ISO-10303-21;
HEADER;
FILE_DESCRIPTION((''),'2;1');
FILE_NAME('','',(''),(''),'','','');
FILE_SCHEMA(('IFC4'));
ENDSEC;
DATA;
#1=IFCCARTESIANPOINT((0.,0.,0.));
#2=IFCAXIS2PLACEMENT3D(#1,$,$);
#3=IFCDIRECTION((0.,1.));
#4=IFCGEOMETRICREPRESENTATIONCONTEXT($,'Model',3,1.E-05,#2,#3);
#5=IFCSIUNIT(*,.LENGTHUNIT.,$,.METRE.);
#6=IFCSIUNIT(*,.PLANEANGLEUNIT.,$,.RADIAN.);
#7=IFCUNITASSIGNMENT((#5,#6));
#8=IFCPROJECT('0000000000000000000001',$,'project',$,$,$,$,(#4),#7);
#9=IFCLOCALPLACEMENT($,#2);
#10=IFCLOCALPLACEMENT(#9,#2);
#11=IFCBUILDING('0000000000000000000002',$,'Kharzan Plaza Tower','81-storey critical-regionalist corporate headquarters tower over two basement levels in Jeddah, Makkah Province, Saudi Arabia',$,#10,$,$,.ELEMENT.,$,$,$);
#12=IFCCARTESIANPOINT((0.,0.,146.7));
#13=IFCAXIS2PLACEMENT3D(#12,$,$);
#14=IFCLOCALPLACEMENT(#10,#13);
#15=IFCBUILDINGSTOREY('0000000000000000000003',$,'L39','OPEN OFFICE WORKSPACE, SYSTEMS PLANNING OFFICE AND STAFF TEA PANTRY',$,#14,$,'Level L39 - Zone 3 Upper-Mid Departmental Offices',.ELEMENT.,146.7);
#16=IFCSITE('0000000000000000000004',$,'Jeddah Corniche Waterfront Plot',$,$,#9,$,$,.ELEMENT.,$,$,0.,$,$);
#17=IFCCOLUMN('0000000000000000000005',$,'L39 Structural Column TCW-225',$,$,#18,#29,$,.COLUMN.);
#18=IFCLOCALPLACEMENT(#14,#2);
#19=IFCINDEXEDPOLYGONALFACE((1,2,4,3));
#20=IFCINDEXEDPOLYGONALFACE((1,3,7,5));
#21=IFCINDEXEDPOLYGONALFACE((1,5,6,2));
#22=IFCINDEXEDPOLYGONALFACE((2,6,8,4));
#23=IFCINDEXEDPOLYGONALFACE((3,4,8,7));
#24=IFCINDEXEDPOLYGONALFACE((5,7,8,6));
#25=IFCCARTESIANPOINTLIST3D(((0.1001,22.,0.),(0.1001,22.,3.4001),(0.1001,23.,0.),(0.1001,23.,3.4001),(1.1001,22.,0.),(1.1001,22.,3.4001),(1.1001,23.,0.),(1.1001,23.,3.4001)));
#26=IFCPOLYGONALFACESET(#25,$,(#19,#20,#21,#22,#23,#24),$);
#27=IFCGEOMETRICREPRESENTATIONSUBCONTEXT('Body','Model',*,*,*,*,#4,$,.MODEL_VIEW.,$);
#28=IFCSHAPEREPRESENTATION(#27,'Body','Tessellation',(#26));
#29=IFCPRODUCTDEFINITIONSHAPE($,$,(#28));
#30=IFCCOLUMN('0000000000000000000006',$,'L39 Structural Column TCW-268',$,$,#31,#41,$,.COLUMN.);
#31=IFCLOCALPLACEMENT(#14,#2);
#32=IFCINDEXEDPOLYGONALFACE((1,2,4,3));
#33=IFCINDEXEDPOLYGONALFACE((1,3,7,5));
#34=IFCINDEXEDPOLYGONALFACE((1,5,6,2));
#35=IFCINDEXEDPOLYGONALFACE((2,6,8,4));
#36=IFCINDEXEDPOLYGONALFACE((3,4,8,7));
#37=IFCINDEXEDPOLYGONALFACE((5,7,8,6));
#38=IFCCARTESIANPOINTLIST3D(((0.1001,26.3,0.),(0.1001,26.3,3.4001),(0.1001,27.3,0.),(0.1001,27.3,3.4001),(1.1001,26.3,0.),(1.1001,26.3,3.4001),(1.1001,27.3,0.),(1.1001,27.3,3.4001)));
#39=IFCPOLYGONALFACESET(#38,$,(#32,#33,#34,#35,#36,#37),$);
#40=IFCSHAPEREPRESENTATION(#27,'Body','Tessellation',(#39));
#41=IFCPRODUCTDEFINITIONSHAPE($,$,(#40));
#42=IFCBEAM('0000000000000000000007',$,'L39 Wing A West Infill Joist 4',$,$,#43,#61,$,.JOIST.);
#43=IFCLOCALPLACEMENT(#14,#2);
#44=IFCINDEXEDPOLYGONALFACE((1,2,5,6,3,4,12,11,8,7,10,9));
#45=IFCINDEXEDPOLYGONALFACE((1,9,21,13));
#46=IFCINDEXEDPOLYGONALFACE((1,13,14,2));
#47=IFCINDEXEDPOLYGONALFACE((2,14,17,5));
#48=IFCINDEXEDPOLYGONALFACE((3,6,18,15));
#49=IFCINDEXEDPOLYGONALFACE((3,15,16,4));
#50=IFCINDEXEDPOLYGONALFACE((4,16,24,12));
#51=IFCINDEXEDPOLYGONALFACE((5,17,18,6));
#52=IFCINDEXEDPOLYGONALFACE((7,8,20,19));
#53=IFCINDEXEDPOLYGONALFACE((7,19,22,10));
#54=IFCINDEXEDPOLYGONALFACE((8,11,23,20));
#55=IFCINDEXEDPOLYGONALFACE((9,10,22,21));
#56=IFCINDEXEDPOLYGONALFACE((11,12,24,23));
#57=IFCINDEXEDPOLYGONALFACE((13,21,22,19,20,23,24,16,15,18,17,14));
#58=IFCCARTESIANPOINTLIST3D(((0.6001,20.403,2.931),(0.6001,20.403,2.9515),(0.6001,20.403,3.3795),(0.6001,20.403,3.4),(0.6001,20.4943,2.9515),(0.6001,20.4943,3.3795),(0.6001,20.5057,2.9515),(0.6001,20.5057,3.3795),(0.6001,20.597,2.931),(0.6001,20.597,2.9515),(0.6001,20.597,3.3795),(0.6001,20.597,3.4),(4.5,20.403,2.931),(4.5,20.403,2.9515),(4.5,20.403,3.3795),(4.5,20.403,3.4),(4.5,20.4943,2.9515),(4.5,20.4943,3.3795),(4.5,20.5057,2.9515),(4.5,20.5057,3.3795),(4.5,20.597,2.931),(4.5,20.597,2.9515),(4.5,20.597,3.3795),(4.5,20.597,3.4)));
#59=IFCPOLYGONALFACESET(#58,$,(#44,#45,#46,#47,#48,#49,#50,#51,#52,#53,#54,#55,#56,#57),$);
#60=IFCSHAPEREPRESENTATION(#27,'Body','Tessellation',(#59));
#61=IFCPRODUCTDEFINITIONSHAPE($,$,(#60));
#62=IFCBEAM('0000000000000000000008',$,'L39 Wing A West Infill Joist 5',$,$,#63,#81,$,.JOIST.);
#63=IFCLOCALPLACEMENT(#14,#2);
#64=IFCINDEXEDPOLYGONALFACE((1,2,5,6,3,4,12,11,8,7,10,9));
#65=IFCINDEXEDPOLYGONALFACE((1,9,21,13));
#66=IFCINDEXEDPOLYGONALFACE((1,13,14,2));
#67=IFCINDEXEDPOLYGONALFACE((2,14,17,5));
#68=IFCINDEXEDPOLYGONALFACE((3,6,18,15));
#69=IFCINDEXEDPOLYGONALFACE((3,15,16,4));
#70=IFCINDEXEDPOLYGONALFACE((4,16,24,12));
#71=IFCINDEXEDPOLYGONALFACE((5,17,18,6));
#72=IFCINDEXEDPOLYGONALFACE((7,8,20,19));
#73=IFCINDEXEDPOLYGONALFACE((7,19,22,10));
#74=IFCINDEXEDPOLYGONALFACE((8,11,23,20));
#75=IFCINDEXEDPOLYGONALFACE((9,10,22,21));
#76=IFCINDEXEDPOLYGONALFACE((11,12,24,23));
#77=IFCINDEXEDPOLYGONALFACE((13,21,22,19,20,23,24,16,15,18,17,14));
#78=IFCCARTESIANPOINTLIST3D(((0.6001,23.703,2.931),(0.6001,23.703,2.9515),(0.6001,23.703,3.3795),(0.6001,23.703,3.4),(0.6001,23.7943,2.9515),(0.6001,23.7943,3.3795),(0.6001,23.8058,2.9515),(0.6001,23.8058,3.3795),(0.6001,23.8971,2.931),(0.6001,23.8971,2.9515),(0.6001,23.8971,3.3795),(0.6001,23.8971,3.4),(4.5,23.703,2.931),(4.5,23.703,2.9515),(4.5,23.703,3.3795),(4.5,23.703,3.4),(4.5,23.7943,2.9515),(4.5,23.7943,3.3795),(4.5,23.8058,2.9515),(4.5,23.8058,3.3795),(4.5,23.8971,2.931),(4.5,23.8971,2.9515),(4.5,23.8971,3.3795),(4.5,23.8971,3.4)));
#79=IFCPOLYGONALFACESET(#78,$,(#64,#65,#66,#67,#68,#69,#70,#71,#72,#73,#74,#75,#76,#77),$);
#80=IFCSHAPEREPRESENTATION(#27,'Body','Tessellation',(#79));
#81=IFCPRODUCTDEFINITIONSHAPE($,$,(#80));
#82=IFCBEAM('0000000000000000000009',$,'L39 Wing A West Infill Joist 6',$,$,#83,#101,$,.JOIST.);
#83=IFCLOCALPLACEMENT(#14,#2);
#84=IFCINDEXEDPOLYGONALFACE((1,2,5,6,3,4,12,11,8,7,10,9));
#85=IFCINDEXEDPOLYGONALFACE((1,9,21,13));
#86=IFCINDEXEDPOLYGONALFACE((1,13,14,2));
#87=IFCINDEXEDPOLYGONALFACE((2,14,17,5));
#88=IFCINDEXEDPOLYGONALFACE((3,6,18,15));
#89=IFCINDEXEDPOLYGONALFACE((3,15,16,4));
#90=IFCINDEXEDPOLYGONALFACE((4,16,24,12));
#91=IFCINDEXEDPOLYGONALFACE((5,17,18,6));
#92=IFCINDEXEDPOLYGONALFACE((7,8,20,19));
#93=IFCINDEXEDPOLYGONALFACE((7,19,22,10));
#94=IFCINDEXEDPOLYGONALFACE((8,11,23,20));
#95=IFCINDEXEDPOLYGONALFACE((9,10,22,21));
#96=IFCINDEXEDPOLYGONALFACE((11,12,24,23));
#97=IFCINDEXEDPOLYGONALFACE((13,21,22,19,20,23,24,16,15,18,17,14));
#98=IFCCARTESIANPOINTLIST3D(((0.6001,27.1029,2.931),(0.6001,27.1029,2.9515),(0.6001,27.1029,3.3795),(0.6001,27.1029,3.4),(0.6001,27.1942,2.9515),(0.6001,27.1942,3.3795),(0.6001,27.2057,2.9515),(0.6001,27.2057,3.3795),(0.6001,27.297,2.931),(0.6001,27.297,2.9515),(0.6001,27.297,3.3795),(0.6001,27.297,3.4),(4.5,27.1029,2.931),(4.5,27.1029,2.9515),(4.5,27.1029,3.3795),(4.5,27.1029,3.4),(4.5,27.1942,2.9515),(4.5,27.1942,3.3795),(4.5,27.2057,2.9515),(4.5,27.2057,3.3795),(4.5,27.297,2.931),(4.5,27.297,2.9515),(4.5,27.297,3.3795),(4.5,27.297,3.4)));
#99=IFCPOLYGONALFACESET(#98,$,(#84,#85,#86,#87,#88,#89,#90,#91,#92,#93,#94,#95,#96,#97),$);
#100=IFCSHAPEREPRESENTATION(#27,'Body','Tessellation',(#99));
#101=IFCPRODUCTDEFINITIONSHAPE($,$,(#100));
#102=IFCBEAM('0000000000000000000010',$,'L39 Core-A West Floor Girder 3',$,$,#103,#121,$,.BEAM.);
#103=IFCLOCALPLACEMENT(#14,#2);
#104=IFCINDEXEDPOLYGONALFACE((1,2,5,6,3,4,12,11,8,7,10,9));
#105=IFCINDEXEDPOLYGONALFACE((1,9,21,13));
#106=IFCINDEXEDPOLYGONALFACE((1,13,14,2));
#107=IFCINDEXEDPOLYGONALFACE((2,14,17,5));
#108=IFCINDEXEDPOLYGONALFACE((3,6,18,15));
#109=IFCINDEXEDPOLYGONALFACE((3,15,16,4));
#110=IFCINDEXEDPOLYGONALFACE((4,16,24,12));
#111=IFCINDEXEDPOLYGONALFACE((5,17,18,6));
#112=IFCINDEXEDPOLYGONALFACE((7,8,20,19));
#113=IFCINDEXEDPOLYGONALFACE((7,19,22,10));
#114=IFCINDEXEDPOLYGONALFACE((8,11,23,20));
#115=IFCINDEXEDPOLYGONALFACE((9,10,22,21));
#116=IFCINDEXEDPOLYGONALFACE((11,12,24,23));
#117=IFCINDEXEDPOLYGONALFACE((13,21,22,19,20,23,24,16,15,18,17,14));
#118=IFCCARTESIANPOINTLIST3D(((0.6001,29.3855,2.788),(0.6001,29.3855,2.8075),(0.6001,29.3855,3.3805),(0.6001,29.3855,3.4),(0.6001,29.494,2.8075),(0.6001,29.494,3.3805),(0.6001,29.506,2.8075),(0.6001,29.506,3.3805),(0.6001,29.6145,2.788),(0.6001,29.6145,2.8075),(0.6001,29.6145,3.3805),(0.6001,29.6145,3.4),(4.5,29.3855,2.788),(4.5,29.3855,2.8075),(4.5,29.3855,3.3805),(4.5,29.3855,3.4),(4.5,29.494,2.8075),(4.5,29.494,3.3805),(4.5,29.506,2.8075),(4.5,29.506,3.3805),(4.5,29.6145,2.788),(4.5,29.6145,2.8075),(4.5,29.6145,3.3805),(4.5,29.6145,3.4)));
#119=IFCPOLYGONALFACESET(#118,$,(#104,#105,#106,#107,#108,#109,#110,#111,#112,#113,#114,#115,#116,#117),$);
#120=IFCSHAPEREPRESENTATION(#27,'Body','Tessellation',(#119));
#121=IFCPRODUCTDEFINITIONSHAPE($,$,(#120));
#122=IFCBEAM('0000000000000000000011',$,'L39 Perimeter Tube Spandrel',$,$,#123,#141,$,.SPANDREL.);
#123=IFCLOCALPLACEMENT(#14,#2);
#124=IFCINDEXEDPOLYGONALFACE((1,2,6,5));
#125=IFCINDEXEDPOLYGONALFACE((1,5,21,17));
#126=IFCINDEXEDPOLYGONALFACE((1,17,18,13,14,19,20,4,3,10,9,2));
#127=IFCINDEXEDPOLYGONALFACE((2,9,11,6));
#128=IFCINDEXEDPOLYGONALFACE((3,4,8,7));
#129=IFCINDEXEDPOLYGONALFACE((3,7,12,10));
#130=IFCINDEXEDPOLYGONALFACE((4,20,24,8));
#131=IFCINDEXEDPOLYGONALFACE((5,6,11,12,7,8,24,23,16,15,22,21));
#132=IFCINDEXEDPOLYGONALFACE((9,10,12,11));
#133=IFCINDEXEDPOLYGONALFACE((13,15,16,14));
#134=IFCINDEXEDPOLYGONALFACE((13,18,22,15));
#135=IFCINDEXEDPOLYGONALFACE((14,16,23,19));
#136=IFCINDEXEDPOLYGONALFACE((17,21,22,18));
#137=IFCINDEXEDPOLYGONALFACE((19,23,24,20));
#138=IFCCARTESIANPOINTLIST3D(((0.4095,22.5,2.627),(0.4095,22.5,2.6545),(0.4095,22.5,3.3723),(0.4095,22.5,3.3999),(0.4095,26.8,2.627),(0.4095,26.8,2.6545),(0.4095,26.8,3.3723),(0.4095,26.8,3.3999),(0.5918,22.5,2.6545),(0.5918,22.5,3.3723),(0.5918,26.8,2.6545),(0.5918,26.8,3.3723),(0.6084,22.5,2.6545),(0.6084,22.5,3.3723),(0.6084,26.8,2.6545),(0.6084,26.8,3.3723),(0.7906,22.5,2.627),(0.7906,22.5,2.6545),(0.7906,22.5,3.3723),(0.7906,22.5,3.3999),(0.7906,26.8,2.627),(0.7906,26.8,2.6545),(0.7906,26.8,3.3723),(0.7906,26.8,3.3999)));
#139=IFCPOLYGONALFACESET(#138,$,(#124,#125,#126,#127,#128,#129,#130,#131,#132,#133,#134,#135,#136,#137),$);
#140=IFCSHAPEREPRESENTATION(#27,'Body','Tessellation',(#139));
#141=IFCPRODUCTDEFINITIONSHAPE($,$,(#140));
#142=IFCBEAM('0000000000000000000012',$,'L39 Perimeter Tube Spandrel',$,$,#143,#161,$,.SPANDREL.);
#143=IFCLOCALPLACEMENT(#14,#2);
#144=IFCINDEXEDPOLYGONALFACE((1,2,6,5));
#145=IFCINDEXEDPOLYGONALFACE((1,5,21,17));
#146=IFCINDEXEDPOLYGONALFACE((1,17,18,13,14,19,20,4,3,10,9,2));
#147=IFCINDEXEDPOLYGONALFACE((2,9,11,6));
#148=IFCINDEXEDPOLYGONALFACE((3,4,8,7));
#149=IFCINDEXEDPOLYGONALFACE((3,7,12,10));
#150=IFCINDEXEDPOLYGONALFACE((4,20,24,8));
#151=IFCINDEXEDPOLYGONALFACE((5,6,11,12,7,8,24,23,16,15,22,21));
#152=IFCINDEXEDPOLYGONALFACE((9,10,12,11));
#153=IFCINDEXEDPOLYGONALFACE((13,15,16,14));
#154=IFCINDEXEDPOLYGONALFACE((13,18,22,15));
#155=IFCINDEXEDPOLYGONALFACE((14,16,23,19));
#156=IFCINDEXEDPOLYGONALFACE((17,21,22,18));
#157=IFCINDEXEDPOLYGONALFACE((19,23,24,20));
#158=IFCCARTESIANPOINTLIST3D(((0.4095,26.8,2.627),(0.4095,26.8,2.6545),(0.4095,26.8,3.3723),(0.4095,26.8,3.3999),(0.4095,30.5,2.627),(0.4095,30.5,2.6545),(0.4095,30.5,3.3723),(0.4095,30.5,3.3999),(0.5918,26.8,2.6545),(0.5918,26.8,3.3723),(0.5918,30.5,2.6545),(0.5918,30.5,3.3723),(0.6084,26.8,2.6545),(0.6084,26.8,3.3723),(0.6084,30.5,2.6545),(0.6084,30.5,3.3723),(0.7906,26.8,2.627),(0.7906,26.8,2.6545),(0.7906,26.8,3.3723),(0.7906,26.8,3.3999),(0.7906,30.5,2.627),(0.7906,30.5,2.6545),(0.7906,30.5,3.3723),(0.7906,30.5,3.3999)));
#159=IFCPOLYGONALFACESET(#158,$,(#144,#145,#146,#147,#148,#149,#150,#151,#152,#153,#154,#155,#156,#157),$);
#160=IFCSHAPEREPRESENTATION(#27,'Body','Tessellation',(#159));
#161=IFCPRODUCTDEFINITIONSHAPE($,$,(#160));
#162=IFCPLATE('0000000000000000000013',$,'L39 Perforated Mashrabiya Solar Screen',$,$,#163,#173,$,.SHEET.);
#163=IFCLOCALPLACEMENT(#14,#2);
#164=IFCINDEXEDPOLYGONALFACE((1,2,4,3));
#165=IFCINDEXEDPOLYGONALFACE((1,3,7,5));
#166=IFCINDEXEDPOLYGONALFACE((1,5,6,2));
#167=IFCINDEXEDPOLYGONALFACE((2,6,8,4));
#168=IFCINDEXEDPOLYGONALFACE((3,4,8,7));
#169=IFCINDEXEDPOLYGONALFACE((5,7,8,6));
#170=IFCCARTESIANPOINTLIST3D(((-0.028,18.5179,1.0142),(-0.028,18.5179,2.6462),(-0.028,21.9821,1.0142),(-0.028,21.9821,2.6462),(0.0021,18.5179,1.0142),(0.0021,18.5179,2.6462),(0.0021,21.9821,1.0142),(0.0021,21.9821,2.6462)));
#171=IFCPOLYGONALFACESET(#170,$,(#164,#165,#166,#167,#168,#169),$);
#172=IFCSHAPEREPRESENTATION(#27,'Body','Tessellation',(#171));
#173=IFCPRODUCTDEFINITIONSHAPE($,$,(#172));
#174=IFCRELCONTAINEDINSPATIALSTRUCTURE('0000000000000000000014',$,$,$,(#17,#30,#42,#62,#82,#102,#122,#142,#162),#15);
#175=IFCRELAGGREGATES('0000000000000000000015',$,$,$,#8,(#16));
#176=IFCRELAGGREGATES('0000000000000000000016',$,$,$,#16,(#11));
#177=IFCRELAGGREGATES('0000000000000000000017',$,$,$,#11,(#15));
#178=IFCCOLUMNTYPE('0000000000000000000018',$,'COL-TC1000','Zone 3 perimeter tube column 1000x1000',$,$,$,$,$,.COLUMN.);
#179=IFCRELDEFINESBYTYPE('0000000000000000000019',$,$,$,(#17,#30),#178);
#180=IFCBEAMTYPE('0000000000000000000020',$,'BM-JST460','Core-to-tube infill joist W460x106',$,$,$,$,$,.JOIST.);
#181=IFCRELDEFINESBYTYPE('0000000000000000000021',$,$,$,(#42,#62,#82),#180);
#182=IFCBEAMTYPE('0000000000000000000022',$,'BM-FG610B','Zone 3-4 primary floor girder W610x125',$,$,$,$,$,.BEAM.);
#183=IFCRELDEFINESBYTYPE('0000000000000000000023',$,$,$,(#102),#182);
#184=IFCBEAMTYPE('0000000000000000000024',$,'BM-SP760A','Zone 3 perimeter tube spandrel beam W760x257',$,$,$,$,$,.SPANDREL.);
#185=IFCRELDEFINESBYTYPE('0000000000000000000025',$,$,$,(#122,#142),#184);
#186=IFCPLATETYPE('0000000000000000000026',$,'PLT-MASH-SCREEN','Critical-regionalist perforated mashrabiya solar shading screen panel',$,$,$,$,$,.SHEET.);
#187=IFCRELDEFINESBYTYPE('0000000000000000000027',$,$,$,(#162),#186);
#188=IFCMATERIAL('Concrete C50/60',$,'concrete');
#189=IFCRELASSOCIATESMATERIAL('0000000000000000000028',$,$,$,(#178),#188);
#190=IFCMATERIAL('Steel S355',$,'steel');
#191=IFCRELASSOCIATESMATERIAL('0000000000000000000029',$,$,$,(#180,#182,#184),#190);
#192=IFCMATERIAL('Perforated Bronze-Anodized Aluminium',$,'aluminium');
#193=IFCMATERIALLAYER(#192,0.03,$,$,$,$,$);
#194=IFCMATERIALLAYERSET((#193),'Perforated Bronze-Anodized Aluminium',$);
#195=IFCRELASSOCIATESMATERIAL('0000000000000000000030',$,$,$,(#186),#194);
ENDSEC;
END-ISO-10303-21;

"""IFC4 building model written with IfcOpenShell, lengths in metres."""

from ifc_helpers import new_model, si_unit, direction, frame, origin, origin_2d, place, context, subcontext, project, spatial, rectangle, i_section, extrude, source, transform, mapped, material, layer, layer_set, material_profile, profile_set, type_object, element, save


model = new_model("IFC4")

# Units and contexts
model_context = context("Model", 3, precision=1e-05, world=origin(), true_north=direction((0.0, 1.0)))
body_context = subcontext(model_context, "Body", "Model", "MODEL_VIEW")
ifc_project = project(units=[si_unit("LENGTHUNIT", "METRE"), si_unit("PLANEANGLEUNIT", "RADIAN")], contexts=[model_context])

# Site, building, storey
site_placement = place(None, origin())
site = spatial("IfcSite", under=ifc_project, at=site_placement, Name="Jeddah Corniche Waterfront Plot", CompositionType="ELEMENT", RefElevation=0.0)
building_placement = place(site_placement, origin())
building = spatial("IfcBuilding", under=site, at=building_placement, Name="Kharzan Plaza Tower", Description="81-storey critical-regionalist corporate headquarters tower over two basement levels in Jeddah, Makkah Province, Saudi Arabia", CompositionType="ELEMENT")
storey_placement = place(building_placement, frame((0.0, 0.0, 146.7)))
storey = spatial("IfcBuildingStorey", under=building, at=storey_placement, Name="L39", Description="OPEN OFFICE WORKSPACE, SYSTEMS PLANNING OFFICE AND STAFF TEA PANTRY", LongName="Level L39 - Zone 3 Upper-Mid Departmental Offices", CompositionType="ELEMENT", Elevation=146.7)

# Columns
ifc_material_1 = material(Name="Concrete C50/60", Category="concrete")
ifc_material_profile_1 = material_profile(ifc_material_1, rectangle(XDim=1.0, YDim=1.0, at=origin_2d()), Name="RC-TC1000x1000")
ifc_profile_set_1 = profile_set([ifc_material_profile_1], Name="Concrete C50/60")
column_type = type_object("IfcColumnType", Name="COL-TC1000", Description="Zone 3 perimeter tube column 1000x1000", PredefinedType="COLUMN", material=ifc_profile_set_1)
shared_shape_1 = source(origin(), body_context, "Body", "SweptSolid", [
    extrude(rectangle(XDim=1.0, YDim=1.0, at=origin_2d()), origin(), (0.0, 0.0, 1.0), 3.4001),
])
for number, where, z_axis, x_axis, name in (
    (1, (0.6001, 22.5, 0.0), (0.0, 0.0, 1.0), (1.0, 0.0, 0.0), "L39 Structural Column TCW-225"),
    (2, (0.6001, 26.8, 0.0), (0.0, 0.0, 1.0), (1.0, 0.0, 0.0), "L39 Structural Column TCW-268"),
):
    element("IfcColumn", number, at=place(storey_placement, frame(where, z_axis=z_axis, x_axis=x_axis)), inside=storey, type_object=column_type, Name=name, PredefinedType="COLUMN", context=body_context, shape_type="MappedRepresentation", body=[
        mapped(shared_shape_1, transform((0.0, 0.0, 0.0), x_axis=(1.0, 0.0, 0.0), y_axis=(0.0, 1.0, 0.0), z_axis=(0.0, 0.0, 1.0))),
    ])

# Beams
ifc_material_2 = material(Name="Steel S355", Category="steel")
ifc_material_profile_2 = material_profile(ifc_material_2, i_section(OverallWidth=0.1941, OverallDepth=0.469, WebThickness=0.0115, FlangeThickness=0.0205, at=origin_2d()), Name="W460x106")
ifc_profile_set_2 = profile_set([ifc_material_profile_2], Name="Steel S355")
beam_type_1 = type_object("IfcBeamType", Name="BM-JST460", Description="Core-to-tube infill joist W460x106", PredefinedType="JOIST", material=ifc_profile_set_2)
shared_shape_2 = source(origin(), body_context, "Body", "SweptSolid", [
    extrude(i_section(OverallWidth=0.1941, OverallDepth=0.469, WebThickness=0.0115, FlangeThickness=0.0205, at=origin_2d()), origin(), (0.0, 0.0, 1.0), 3.8999),
])
for number, where, z_axis, x_axis, name in (
    (3, (0.6001, 20.5, 3.1655), (1.0, 0.0, 0.0), (0.0, 1.0, 0.0), "L39 Wing A West Infill Joist 4"),
    (4, (0.6001, 23.8, 3.1655), (1.0, 0.0, 0.0), (0.0, 1.0, 0.0), "L39 Wing A West Infill Joist 5"),
    (5, (0.6001, 27.2, 3.1655), (1.0, 0.0, 0.0), (0.0, 1.0, 0.0), "L39 Wing A West Infill Joist 6"),
):
    element("IfcBeam", number, at=place(storey_placement, frame(where, z_axis=z_axis, x_axis=x_axis)), inside=storey, type_object=beam_type_1, Name=name, PredefinedType="JOIST", context=body_context, shape_type="MappedRepresentation", body=[
        mapped(shared_shape_2, transform((0.0, 0.0, 0.0), x_axis=(1.0, 0.0, 0.0), y_axis=(0.0, 1.0, 0.0), z_axis=(0.0, 0.0, 1.0))),
    ])
ifc_material_profile_3 = material_profile(ifc_material_2, i_section(OverallWidth=0.229, OverallDepth=0.6121, WebThickness=0.012, FlangeThickness=0.0195, at=origin_2d()), Name="W610x125")
ifc_profile_set_3 = profile_set([ifc_material_profile_3], Name="Steel S355")
beam_type_2 = type_object("IfcBeamType", Name="BM-FG610B", Description="Zone 3-4 primary floor girder W610x125", PredefinedType="BEAM", material=ifc_profile_set_3)
shared_shape_3 = source(origin(), body_context, "Body", "SweptSolid", [
    extrude(i_section(OverallWidth=0.229, OverallDepth=0.6121, WebThickness=0.012, FlangeThickness=0.0195, at=origin_2d()), origin(), (0.0, 0.0, 1.0), 3.8999),
])
beam_1_placement = place(storey_placement, frame((0.6001, 29.5, 3.094), z_axis=(1.0, 0.0, 0.0), x_axis=(0.0, 1.0, 0.0)))
element("IfcBeam", 6, at=beam_1_placement, inside=storey, type_object=beam_type_2, Name="L39 Core-A West Floor Girder 3", PredefinedType="BEAM", context=body_context, shape_type="MappedRepresentation", body=[
    mapped(shared_shape_3, transform((0.0, 0.0, 0.0), x_axis=(1.0, 0.0, 0.0), y_axis=(0.0, 1.0, 0.0), z_axis=(0.0, 0.0, 1.0))),
])
ifc_material_profile_4 = material_profile(ifc_material_2, i_section(OverallWidth=0.3811, OverallDepth=0.7729, WebThickness=0.0166, FlangeThickness=0.0276, at=origin_2d()), Name="W760x257")
ifc_profile_set_4 = profile_set([ifc_material_profile_4], Name="Steel S355")
beam_type_3 = type_object("IfcBeamType", Name="BM-SP760A", Description="Zone 3 perimeter tube spandrel beam W760x257", PredefinedType="SPANDREL", material=ifc_profile_set_4)
shared_shape_4 = source(origin(), body_context, "Body", "SweptSolid", [
    extrude(i_section(OverallWidth=0.3811, OverallDepth=0.7729, WebThickness=0.0166, FlangeThickness=0.0276, at=origin_2d()), origin(), (0.0, 0.0, 1.0), 4.3),
])
beam_2_placement = place(storey_placement, frame((0.6001, 22.5, 3.0134), z_axis=(0.0, 1.0, 0.0), x_axis=(-1.0, 0.0, 0.0)))
element("IfcBeam", 7, at=beam_2_placement, inside=storey, type_object=beam_type_3, Name="L39 Perimeter Tube Spandrel", PredefinedType="SPANDREL", context=body_context, shape_type="MappedRepresentation", body=[
    mapped(shared_shape_4, transform((0.0, 0.0, 0.0), x_axis=(1.0, 0.0, 0.0), y_axis=(0.0, 1.0, 0.0), z_axis=(0.0, 0.0, 1.0))),
])
shared_shape_5 = source(origin(), body_context, "Body", "SweptSolid", [
    extrude(i_section(OverallWidth=0.3811, OverallDepth=0.7729, WebThickness=0.0166, FlangeThickness=0.0276, at=origin_2d()), origin(), (0.0, 0.0, 1.0), 3.7),
])
beam_3_placement = place(storey_placement, frame((0.6001, 26.8, 3.0134), z_axis=(0.0, 1.0, 0.0), x_axis=(-1.0, 0.0, 0.0)))
element("IfcBeam", 8, at=beam_3_placement, inside=storey, type_object=beam_type_3, Name="L39 Perimeter Tube Spandrel", PredefinedType="SPANDREL", context=body_context, shape_type="MappedRepresentation", body=[
    mapped(shared_shape_5, transform((0.0, 0.0, 0.0), x_axis=(1.0, 0.0, 0.0), y_axis=(0.0, 1.0, 0.0), z_axis=(0.0, 0.0, 1.0))),
])

# Plate
ifc_material_3 = material(Name="Perforated Bronze-Anodized Aluminium", Category="aluminium")
ifc_layer_1 = layer(ifc_material_3, 0.03)
ifc_layer_set_1 = layer_set([ifc_layer_1], Name="Perforated Bronze-Anodized Aluminium")
plate_type = type_object("IfcPlateType", Name="PLT-MASH-SCREEN", Description="Critical-regionalist perforated mashrabiya solar shading screen panel", PredefinedType="SHEET", material=ifc_layer_set_1)
shared_shape_6 = source(origin(), body_context, "Body", "SweptSolid", [
    extrude(rectangle(XDim=3.4641, YDim=0.03, at=origin_2d()), origin(), (0.0, 0.0, 1.0), 1.6321),
])
plate_1_placement = place(storey_placement, frame((-0.0129, 20.25, 1.0142), z_axis=(0.0, 0.0, 1.0), x_axis=(0.0, -1.0, 0.0)))
element("IfcPlate", 9, at=plate_1_placement, inside=storey, type_object=plate_type, Name="L39 Perforated Mashrabiya Solar Screen", PredefinedType="SHEET", context=body_context, shape_type="MappedRepresentation", body=[
    mapped(shared_shape_6, transform((0.0, 0.0, 0.0), x_axis=(1.0, 0.0, 0.0), y_axis=(0.0, 1.0, 0.0), z_axis=(0.0, 0.0, 1.0))),
])

save(model, "model.ifc")
